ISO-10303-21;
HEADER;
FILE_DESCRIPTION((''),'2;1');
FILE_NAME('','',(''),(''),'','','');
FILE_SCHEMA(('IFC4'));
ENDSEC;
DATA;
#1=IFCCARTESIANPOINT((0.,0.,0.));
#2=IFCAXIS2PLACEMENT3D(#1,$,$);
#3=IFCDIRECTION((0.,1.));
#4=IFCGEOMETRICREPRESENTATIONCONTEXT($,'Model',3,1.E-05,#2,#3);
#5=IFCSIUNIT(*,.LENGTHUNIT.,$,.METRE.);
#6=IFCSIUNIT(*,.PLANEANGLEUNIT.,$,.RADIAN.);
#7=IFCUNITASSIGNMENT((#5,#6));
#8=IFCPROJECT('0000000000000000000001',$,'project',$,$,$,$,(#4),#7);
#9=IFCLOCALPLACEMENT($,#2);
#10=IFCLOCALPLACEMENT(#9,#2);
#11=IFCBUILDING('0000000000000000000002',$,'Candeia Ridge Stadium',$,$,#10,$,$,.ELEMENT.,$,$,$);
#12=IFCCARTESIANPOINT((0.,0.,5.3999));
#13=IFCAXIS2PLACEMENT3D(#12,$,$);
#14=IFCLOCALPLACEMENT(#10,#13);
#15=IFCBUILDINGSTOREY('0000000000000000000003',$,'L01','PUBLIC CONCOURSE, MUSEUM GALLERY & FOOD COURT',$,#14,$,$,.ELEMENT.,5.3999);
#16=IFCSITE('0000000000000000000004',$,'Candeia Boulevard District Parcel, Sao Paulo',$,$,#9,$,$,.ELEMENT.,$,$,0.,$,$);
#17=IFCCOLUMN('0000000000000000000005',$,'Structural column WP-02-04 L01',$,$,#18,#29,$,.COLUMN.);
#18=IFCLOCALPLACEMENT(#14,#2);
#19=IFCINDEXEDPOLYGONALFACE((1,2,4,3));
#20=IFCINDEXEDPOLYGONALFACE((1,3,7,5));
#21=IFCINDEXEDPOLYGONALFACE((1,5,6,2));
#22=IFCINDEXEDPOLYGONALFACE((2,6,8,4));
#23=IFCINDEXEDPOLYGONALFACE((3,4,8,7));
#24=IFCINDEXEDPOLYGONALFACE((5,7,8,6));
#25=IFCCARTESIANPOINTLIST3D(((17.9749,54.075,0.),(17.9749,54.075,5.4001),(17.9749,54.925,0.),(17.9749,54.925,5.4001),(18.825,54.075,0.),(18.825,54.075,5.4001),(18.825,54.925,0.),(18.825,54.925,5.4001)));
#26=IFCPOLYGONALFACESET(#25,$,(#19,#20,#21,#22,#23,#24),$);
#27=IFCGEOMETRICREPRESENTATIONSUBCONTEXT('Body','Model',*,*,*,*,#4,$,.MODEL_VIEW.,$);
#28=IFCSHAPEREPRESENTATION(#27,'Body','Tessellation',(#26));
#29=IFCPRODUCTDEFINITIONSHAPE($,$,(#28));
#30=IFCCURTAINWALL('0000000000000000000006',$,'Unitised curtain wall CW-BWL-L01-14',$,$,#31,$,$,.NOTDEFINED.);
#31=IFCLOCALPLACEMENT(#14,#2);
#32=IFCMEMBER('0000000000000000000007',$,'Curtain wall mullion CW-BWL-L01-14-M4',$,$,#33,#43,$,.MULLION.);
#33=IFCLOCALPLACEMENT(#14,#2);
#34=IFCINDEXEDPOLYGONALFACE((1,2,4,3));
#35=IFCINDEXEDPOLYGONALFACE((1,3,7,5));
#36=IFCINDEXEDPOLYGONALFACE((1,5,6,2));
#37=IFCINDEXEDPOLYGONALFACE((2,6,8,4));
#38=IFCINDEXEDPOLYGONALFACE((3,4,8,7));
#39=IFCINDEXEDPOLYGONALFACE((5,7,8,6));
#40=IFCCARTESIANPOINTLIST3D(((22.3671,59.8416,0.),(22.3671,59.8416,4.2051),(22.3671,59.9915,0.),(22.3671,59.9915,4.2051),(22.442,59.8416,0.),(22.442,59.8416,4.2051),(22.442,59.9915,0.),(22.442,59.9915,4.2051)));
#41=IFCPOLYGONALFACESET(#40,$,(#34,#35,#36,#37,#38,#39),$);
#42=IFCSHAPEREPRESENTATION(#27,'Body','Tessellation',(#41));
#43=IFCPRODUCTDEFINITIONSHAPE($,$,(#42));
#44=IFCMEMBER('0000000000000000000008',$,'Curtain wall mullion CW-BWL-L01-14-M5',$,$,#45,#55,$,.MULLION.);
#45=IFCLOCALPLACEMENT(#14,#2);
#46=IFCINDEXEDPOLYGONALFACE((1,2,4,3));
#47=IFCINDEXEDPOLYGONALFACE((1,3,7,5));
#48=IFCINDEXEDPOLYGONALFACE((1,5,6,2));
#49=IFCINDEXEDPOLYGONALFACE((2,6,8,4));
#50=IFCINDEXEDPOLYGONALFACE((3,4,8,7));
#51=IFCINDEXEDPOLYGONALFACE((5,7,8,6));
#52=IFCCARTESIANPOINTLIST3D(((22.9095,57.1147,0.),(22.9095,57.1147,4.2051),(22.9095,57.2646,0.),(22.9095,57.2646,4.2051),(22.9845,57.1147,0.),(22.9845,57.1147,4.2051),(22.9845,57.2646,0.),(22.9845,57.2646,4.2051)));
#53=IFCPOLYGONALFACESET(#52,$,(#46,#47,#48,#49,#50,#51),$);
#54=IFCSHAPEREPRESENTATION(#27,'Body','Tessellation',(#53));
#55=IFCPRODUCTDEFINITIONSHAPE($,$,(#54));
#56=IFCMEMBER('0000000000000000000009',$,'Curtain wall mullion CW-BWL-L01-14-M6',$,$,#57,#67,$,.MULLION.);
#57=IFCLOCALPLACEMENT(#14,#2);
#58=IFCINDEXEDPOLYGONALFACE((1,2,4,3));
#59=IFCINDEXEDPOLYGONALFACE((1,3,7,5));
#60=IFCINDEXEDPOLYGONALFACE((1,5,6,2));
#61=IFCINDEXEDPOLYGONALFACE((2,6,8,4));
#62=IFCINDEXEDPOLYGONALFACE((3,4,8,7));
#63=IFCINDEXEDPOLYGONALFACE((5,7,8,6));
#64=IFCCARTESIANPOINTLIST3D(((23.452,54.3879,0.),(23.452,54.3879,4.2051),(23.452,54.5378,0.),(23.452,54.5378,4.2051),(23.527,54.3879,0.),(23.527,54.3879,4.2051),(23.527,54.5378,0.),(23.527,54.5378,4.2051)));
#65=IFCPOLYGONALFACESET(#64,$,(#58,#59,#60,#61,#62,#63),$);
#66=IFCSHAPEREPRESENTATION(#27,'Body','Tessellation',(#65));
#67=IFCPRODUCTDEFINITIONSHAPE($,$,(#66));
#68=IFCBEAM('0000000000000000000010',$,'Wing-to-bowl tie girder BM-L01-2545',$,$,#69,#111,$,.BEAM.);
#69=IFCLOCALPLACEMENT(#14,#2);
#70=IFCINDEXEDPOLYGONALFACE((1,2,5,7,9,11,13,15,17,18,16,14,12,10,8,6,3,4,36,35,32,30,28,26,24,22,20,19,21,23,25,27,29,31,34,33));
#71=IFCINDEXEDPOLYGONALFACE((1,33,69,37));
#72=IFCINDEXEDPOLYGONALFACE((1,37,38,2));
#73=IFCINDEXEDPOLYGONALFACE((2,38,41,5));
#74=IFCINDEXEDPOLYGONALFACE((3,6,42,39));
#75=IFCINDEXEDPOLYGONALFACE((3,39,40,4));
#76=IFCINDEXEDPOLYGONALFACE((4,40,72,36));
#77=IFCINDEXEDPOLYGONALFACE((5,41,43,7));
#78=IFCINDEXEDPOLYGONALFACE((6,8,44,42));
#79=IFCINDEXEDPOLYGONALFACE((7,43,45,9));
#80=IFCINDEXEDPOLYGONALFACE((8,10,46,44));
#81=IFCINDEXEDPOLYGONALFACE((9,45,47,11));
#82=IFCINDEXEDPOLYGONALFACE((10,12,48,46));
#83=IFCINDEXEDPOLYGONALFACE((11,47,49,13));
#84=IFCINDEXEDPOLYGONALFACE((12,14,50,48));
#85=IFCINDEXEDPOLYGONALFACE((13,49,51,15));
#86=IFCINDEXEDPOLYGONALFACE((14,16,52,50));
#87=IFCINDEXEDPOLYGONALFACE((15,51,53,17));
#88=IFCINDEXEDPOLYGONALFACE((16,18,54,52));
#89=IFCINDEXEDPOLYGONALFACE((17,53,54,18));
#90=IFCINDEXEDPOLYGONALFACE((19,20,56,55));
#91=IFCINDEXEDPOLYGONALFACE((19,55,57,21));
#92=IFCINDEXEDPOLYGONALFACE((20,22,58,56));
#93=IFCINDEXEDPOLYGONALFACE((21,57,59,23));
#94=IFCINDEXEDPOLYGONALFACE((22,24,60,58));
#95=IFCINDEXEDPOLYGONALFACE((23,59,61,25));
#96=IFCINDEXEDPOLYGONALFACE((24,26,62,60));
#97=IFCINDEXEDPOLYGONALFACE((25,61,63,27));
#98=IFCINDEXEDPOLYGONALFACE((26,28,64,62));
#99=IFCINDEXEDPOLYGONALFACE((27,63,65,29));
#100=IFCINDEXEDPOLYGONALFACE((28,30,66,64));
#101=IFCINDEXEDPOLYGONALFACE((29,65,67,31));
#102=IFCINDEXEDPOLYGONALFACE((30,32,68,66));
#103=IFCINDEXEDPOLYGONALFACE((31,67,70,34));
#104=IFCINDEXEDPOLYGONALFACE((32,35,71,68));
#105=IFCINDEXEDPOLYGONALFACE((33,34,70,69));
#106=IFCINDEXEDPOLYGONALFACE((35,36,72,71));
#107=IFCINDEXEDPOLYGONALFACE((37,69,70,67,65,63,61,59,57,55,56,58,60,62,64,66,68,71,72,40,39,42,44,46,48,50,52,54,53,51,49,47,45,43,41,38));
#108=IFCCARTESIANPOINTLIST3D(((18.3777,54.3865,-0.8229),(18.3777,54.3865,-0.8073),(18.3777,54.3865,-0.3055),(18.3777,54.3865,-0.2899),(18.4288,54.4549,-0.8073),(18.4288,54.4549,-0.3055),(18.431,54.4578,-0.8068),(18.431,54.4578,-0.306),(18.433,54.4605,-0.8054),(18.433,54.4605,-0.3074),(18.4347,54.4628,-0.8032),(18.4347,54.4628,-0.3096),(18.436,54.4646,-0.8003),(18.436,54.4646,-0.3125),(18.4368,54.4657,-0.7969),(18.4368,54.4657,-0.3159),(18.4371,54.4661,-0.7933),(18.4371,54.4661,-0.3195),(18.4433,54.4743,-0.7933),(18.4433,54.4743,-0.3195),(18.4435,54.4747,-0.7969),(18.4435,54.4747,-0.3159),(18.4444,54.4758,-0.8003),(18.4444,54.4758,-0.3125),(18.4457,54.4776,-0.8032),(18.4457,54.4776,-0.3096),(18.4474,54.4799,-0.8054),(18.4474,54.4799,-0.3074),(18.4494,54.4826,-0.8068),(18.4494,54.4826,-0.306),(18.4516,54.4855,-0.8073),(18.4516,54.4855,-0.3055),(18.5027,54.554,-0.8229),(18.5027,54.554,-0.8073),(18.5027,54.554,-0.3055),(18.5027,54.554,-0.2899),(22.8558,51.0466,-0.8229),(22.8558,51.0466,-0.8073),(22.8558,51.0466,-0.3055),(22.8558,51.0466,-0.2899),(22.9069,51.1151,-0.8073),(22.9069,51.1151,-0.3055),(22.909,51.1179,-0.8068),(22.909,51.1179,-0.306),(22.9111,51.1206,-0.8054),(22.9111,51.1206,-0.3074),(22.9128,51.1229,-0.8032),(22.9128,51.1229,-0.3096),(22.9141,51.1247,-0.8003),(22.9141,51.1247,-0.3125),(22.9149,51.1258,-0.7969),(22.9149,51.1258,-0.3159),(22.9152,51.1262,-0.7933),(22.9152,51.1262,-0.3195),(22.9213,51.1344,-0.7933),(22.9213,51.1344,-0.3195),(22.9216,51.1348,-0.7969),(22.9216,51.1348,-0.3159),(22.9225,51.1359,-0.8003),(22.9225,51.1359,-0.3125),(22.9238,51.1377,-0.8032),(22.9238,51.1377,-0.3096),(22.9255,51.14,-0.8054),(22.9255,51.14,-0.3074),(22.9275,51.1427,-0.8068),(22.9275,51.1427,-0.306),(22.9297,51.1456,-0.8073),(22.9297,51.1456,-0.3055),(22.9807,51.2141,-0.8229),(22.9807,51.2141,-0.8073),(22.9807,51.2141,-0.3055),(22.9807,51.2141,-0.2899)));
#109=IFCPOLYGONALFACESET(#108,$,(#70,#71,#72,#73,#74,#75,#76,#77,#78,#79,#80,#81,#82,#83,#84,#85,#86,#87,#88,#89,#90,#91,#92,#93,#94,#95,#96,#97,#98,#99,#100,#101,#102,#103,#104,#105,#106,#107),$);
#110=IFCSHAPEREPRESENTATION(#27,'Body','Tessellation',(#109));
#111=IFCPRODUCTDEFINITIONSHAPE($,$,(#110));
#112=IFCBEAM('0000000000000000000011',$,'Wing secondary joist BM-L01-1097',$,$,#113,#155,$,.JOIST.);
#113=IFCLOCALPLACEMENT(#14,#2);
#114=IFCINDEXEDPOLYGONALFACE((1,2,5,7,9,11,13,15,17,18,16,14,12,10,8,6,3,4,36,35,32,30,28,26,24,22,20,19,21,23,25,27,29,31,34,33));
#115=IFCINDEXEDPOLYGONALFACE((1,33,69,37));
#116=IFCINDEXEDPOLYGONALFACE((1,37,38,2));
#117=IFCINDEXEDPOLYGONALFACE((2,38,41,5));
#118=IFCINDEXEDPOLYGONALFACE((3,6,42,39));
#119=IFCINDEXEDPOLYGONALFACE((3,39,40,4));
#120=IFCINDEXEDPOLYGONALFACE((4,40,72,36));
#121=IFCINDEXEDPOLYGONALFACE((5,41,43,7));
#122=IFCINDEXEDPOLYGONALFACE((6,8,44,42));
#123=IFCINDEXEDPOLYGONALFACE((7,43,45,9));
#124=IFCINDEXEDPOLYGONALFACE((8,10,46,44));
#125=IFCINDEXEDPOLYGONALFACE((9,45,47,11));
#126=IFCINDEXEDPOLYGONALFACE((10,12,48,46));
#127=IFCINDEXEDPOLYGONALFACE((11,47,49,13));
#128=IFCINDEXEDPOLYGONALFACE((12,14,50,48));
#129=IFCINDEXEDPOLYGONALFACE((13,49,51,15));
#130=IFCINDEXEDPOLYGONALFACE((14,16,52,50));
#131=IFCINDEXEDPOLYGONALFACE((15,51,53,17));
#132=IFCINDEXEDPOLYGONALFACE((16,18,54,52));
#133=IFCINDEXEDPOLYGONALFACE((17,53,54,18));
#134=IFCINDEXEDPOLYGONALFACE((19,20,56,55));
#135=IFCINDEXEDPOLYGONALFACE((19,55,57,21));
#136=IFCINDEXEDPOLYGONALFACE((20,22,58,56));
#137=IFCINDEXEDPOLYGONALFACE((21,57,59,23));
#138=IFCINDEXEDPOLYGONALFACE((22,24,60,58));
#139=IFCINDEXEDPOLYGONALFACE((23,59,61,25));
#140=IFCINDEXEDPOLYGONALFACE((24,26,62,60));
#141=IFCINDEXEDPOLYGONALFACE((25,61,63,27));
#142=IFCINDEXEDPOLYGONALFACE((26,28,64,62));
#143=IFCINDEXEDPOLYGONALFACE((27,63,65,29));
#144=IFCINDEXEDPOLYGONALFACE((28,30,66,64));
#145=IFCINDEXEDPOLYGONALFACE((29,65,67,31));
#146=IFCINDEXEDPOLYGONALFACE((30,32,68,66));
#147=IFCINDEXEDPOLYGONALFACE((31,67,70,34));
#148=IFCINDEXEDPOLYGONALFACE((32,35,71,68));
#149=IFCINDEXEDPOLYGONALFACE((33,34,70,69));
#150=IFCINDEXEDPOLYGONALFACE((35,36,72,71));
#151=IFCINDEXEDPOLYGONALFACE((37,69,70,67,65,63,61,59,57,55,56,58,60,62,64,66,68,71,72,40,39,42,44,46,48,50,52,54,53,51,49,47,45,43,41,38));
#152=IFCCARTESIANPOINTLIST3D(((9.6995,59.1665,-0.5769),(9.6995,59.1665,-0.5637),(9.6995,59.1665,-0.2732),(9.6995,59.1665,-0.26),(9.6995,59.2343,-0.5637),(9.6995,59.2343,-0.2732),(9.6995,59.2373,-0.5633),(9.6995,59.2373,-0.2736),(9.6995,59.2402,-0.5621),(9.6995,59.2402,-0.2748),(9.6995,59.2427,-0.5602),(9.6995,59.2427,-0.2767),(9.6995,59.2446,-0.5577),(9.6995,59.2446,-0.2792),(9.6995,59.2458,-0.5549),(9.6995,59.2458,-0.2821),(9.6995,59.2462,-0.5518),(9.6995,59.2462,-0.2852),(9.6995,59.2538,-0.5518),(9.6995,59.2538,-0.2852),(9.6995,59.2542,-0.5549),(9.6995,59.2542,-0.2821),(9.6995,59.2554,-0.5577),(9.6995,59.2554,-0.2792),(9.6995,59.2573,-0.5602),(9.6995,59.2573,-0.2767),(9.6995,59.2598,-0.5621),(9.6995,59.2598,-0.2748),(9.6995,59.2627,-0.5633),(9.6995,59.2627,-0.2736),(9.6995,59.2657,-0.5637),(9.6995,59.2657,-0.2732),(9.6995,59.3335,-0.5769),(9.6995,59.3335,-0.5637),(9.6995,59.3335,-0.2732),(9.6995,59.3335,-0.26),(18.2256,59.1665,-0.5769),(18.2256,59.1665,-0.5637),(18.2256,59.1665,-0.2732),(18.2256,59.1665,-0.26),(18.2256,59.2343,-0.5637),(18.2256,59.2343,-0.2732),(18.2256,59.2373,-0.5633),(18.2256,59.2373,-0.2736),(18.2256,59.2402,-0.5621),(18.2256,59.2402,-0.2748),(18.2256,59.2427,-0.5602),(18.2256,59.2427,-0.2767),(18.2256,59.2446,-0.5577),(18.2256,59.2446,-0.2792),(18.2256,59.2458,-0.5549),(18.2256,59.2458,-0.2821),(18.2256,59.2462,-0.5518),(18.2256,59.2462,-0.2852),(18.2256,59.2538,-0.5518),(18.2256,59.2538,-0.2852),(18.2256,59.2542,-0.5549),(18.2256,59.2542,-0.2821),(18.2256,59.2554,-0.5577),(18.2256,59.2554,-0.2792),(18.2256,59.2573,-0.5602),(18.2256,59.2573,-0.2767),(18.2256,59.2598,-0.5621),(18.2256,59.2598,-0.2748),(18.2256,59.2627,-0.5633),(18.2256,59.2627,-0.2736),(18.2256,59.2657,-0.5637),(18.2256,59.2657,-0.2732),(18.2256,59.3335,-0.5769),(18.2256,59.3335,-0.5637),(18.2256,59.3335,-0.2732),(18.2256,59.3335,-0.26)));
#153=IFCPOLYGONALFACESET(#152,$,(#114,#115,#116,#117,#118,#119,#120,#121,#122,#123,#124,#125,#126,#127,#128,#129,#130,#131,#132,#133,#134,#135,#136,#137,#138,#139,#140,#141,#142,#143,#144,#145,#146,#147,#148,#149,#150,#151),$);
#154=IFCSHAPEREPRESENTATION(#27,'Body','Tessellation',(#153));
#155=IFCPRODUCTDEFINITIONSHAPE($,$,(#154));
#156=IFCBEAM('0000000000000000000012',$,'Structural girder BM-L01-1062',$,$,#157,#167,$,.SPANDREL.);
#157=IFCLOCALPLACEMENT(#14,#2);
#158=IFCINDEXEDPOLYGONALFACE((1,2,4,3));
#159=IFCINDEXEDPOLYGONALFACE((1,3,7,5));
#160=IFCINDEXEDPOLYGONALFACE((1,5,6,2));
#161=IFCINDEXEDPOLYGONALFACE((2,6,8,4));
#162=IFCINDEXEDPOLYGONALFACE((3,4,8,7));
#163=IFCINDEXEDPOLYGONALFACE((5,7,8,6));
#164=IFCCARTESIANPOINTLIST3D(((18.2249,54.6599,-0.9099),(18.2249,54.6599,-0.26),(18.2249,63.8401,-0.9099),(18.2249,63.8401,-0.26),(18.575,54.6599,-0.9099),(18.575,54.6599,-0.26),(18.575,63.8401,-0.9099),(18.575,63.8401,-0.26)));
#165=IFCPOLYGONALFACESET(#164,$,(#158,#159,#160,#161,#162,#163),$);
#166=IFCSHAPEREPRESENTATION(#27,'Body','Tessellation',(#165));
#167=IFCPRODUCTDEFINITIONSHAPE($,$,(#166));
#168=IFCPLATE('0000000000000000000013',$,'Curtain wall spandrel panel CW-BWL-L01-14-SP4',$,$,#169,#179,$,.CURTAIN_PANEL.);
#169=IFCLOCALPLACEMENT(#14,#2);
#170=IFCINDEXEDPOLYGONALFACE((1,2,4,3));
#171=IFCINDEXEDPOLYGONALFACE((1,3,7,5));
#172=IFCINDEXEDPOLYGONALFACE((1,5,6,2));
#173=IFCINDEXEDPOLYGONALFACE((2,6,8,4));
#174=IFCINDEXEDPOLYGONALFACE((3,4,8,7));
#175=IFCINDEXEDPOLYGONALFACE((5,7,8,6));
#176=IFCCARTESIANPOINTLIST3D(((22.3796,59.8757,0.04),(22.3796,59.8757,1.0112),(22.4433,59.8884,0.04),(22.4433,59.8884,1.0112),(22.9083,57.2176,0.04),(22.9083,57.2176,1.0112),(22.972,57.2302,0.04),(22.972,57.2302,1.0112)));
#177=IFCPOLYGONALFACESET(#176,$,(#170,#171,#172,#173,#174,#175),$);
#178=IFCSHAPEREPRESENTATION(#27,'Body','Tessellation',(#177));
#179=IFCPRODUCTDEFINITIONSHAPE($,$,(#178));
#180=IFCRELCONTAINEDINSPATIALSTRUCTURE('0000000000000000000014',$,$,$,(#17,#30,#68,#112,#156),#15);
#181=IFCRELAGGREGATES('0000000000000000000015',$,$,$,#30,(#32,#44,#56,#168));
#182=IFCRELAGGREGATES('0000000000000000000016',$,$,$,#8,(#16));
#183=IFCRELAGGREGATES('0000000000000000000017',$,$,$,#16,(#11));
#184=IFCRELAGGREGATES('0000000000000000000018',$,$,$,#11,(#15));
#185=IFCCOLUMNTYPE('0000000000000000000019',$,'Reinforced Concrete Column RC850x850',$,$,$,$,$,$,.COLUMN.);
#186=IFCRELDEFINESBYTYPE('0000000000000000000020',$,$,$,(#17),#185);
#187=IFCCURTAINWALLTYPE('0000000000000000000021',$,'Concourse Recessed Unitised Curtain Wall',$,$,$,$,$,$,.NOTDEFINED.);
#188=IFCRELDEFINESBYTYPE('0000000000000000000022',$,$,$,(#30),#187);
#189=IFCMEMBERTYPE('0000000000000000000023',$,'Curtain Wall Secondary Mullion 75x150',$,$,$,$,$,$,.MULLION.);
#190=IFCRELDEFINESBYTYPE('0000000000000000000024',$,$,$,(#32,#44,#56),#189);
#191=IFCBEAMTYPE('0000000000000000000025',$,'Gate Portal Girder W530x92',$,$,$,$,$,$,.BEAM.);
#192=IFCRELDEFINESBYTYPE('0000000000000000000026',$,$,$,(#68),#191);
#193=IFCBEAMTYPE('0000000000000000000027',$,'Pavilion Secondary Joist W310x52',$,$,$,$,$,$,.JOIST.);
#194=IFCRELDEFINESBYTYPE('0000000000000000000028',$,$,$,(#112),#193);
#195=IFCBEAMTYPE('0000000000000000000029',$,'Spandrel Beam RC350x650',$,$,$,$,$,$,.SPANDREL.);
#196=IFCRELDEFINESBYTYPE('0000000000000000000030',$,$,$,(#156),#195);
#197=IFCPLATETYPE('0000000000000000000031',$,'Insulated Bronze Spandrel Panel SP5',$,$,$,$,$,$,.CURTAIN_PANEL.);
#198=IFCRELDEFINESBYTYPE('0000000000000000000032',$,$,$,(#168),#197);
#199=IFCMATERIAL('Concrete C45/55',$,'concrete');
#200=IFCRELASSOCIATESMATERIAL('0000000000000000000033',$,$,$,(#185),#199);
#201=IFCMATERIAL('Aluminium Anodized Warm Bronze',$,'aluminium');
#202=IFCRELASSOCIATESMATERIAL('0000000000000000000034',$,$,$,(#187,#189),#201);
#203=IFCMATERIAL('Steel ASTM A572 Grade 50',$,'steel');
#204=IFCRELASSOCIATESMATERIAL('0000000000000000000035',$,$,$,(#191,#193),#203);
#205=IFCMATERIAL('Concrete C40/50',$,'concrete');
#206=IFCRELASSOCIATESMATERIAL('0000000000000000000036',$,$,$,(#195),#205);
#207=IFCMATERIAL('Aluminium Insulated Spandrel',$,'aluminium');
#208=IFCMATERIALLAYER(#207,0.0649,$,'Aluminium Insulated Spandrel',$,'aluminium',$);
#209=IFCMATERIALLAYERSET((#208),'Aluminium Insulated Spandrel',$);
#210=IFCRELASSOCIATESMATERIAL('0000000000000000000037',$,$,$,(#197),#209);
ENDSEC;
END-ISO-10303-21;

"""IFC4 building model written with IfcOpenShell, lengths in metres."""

from ifc_helpers import new_model, si_unit, direction, frame, origin, origin_2d, place, context, subcontext, project, spatial, rectangle, i_section, extrude, material, layer, layer_set, material_profile, profile_set, type_object, element, aggregate, save


model = new_model("IFC4")

# Units and contexts
model_context = context("Model", 3, precision=1e-05, world=origin(), true_north=direction((0.0, 1.0)))
body_context = subcontext(model_context, "Body", "Model", "MODEL_VIEW")
ifc_project = project(units=[si_unit("LENGTHUNIT", "METRE"), si_unit("PLANEANGLEUNIT", "RADIAN")], contexts=[model_context])

# Site, building, storey
site_placement = place(None, origin())
site = spatial("IfcSite", under=ifc_project, at=site_placement, Name="Candeia Boulevard District Parcel, Sao Paulo", CompositionType="ELEMENT", RefElevation=0.0)
building_placement = place(site_placement, origin())
building = spatial("IfcBuilding", under=site, at=building_placement, Name="Candeia Ridge Stadium", CompositionType="ELEMENT")
storey_placement = place(building_placement, frame((0.0, 0.0, 5.3999)))
storey = spatial("IfcBuildingStorey", under=building, at=storey_placement, Name="L01", Description="PUBLIC CONCOURSE, MUSEUM GALLERY & FOOD COURT", CompositionType="ELEMENT", Elevation=5.3999)

# Column
ifc_material_1 = material(Name="Concrete C45/55", Category="concrete")
ifc_material_profile_1 = material_profile(ifc_material_1, rectangle(XDim=0.8501, YDim=0.8501, at=origin_2d()), Name="RC850x850", Category="concrete")
ifc_profile_set_1 = profile_set([ifc_material_profile_1], Name="Concrete C45/55")
column_type = type_object("IfcColumnType", Name="Reinforced Concrete Column RC850x850", PredefinedType="COLUMN", material=ifc_profile_set_1)
column_placement = place(storey_placement, frame((18.3999, 54.5, 0.0), z_axis=(0.0, 0.0, 1.0), x_axis=(1.0, 0.0, 0.0)))
element("IfcColumn", 1, at=column_placement, inside=storey, type_object=column_type, Name="Structural column WP-02-04 L01", PredefinedType="COLUMN", context=body_context, shape_type="SweptSolid", body=[
    extrude(rectangle(XDim=0.8501, YDim=0.8501, at=origin_2d()), origin(), (0.0, 0.0, 1.0), 5.4001),
])

# Curtain wall, members
ifc_material_2 = material(Name="Aluminium Anodized Warm Bronze", Category="aluminium")
curtain_wall_type = type_object("IfcCurtainWallType", Name="Concourse Recessed Unitised Curtain Wall", PredefinedType="NOTDEFINED", material=ifc_material_2)
curtain_wall_placement = place(storey_placement, origin())
curtain_wall = element("IfcCurtainWall", 2, at=curtain_wall_placement, inside=storey, type_object=curtain_wall_type, Name="Unitised curtain wall CW-BWL-L01-14", PredefinedType="NOTDEFINED")
ifc_material_profile_2 = material_profile(ifc_material_2, rectangle(XDim=0.075, YDim=0.1499, at=origin_2d()), Name="CWM-75x150", Category="aluminium")
ifc_profile_set_2 = profile_set([ifc_material_profile_2], Name="Aluminium Anodized Warm Bronze")
member_type = type_object("IfcMemberType", Name="Curtain Wall Secondary Mullion 75x150", PredefinedType="MULLION", material=ifc_profile_set_2)
member_1_placement = place(storey_placement, frame((22.4045, 59.9165, 0.0), z_axis=(0.0, 0.0, 1.0), x_axis=(1.0, 0.0, 0.0)))
member_1 = element("IfcMember", 3, at=member_1_placement, type_object=member_type, Name="Curtain wall mullion CW-BWL-L01-14-M4", PredefinedType="MULLION", context=body_context, shape_type="SweptSolid", body=[
    extrude(rectangle(XDim=0.075, YDim=0.1499, at=origin_2d()), origin(), (0.0, 0.0, 1.0), 4.2051),
])
member_2_placement = place(storey_placement, frame((22.947, 57.1897, 0.0), z_axis=(0.0, 0.0, 1.0), x_axis=(1.0, 0.0, 0.0)))
member_2 = element("IfcMember", 4, at=member_2_placement, type_object=member_type, Name="Curtain wall mullion CW-BWL-L01-14-M5", PredefinedType="MULLION", context=body_context, shape_type="SweptSolid", body=[
    extrude(rectangle(XDim=0.075, YDim=0.1499, at=origin_2d()), origin(), (0.0, 0.0, 1.0), 4.2051),
])
member_3_placement = place(storey_placement, frame((23.4895, 54.4629, 0.0), z_axis=(0.0, 0.0, 1.0), x_axis=(1.0, 0.0, 0.0)))
member_3 = element("IfcMember", 5, at=member_3_placement, type_object=member_type, Name="Curtain wall mullion CW-BWL-L01-14-M6", PredefinedType="MULLION", context=body_context, shape_type="SweptSolid", body=[
    extrude(rectangle(XDim=0.075, YDim=0.1499, at=origin_2d()), origin(), (0.0, 0.0, 1.0), 4.2051),
])

# Beams
ifc_material_3 = material(Name="Steel ASTM A572 Grade 50", Category="steel")
ifc_material_profile_3 = material_profile(ifc_material_3, i_section(OverallWidth=0.209, OverallDepth=0.533, WebThickness=0.0103, FlangeThickness=0.0156, FilletRadius=0.0139, at=origin_2d()), Name="W530x92", Category="steel")
ifc_profile_set_3 = profile_set([ifc_material_profile_3], Name="Steel ASTM A572 Grade 50")
beam_type_1 = type_object("IfcBeamType", Name="Gate Portal Girder W530x92", PredefinedType="BEAM", material=ifc_profile_set_3)
beam_1_placement = place(storey_placement, frame((18.4402, 54.4702, -0.5564), z_axis=(0.801602, -0.597858, 0.0), x_axis=(0.597858, 0.801602, 0.0)))
element("IfcBeam", 6, at=beam_1_placement, inside=storey, type_object=beam_type_1, Name="Wing-to-bowl tie girder BM-L01-2545", PredefinedType="BEAM", context=body_context, shape_type="SweptSolid", body=[
    extrude(i_section(OverallWidth=0.209, OverallDepth=0.533, WebThickness=0.0103, FlangeThickness=0.0156, FilletRadius=0.0139, at=origin_2d()), origin(), (0.0, 0.0, 1.0), 5.5864),
])
ifc_material_profile_4 = material_profile(ifc_material_3, i_section(OverallWidth=0.167, OverallDepth=0.3169, WebThickness=0.0076, FlangeThickness=0.0132, FilletRadius=0.012, at=origin_2d()), Name="W310x52", Category="steel")
ifc_profile_set_4 = profile_set([ifc_material_profile_4], Name="Steel ASTM A572 Grade 50")
beam_type_2 = type_object("IfcBeamType", Name="Pavilion Secondary Joist W310x52", PredefinedType="JOIST", material=ifc_profile_set_4)
beam_2_placement = place(storey_placement, frame((9.6995, 59.25, -0.4185), z_axis=(1.0, 0.0, 0.0), x_axis=(0.0, 1.0, 0.0)))
element("IfcBeam", 7, at=beam_2_placement, inside=storey, type_object=beam_type_2, Name="Wing secondary joist BM-L01-1097", PredefinedType="JOIST", context=body_context, shape_type="SweptSolid", body=[
    extrude(i_section(OverallWidth=0.167, OverallDepth=0.3169, WebThickness=0.0076, FlangeThickness=0.0132, FilletRadius=0.012, at=origin_2d()), origin(), (0.0, 0.0, 1.0), 8.5261),
])
ifc_material_4 = material(Name="Concrete C40/50", Category="concrete")
ifc_material_profile_5 = material_profile(ifc_material_4, rectangle(XDim=0.3501, YDim=0.6499, at=origin_2d()), Name="RC350x650", Category="concrete")
ifc_profile_set_5 = profile_set([ifc_material_profile_5], Name="Concrete C40/50")
beam_type_3 = type_object("IfcBeamType", Name="Spandrel Beam RC350x650", PredefinedType="SPANDREL", material=ifc_profile_set_5)
beam_3_placement = place(storey_placement, frame((18.3999, 54.6599, -0.585), z_axis=(0.0, 1.0, 0.0), x_axis=(-1.0, 0.0, 0.0)))
element("IfcBeam", 8, at=beam_3_placement, inside=storey, type_object=beam_type_3, Name="Structural girder BM-L01-1062", PredefinedType="SPANDREL", context=body_context, shape_type="SweptSolid", body=[
    extrude(rectangle(XDim=0.3501, YDim=0.6499, at=origin_2d()), origin(), (0.0, 0.0, 1.0), 9.1802),
])

# Plate
ifc_material_5 = material(Name="Aluminium Insulated Spandrel", Category="aluminium")
ifc_layer_1 = layer(ifc_material_5, 0.0649, Name="Aluminium Insulated Spandrel", Category="aluminium")
ifc_layer_set_1 = layer_set([ifc_layer_1], Name="Aluminium Insulated Spandrel")
plate_type_1 = type_object("IfcPlateType", Name="Insulated Bronze Spandrel Panel SP5", PredefinedType="CURTAIN_PANEL", material=ifc_layer_set_1)
plate_1_placement = place(storey_placement, frame((22.6758, 58.553, 0.04), z_axis=(0.0, 0.0, 1.0), x_axis=(0.19509, -0.980785, 0.0)))
plate_1 = element("IfcPlate", 9, at=plate_1_placement, type_object=plate_type_1, Name="Curtain wall spandrel panel CW-BWL-L01-14-SP4", PredefinedType="CURTAIN_PANEL", context=body_context, shape_type="SweptSolid", body=[
    extrude(rectangle(XDim=2.7102, YDim=0.0649, at=origin_2d()), origin(), (0.0, 0.0, 1.0), 0.9712),
])
aggregate(curtain_wall, [member_1, member_2, member_3, plate_1])

save(model, "model.ifc")
